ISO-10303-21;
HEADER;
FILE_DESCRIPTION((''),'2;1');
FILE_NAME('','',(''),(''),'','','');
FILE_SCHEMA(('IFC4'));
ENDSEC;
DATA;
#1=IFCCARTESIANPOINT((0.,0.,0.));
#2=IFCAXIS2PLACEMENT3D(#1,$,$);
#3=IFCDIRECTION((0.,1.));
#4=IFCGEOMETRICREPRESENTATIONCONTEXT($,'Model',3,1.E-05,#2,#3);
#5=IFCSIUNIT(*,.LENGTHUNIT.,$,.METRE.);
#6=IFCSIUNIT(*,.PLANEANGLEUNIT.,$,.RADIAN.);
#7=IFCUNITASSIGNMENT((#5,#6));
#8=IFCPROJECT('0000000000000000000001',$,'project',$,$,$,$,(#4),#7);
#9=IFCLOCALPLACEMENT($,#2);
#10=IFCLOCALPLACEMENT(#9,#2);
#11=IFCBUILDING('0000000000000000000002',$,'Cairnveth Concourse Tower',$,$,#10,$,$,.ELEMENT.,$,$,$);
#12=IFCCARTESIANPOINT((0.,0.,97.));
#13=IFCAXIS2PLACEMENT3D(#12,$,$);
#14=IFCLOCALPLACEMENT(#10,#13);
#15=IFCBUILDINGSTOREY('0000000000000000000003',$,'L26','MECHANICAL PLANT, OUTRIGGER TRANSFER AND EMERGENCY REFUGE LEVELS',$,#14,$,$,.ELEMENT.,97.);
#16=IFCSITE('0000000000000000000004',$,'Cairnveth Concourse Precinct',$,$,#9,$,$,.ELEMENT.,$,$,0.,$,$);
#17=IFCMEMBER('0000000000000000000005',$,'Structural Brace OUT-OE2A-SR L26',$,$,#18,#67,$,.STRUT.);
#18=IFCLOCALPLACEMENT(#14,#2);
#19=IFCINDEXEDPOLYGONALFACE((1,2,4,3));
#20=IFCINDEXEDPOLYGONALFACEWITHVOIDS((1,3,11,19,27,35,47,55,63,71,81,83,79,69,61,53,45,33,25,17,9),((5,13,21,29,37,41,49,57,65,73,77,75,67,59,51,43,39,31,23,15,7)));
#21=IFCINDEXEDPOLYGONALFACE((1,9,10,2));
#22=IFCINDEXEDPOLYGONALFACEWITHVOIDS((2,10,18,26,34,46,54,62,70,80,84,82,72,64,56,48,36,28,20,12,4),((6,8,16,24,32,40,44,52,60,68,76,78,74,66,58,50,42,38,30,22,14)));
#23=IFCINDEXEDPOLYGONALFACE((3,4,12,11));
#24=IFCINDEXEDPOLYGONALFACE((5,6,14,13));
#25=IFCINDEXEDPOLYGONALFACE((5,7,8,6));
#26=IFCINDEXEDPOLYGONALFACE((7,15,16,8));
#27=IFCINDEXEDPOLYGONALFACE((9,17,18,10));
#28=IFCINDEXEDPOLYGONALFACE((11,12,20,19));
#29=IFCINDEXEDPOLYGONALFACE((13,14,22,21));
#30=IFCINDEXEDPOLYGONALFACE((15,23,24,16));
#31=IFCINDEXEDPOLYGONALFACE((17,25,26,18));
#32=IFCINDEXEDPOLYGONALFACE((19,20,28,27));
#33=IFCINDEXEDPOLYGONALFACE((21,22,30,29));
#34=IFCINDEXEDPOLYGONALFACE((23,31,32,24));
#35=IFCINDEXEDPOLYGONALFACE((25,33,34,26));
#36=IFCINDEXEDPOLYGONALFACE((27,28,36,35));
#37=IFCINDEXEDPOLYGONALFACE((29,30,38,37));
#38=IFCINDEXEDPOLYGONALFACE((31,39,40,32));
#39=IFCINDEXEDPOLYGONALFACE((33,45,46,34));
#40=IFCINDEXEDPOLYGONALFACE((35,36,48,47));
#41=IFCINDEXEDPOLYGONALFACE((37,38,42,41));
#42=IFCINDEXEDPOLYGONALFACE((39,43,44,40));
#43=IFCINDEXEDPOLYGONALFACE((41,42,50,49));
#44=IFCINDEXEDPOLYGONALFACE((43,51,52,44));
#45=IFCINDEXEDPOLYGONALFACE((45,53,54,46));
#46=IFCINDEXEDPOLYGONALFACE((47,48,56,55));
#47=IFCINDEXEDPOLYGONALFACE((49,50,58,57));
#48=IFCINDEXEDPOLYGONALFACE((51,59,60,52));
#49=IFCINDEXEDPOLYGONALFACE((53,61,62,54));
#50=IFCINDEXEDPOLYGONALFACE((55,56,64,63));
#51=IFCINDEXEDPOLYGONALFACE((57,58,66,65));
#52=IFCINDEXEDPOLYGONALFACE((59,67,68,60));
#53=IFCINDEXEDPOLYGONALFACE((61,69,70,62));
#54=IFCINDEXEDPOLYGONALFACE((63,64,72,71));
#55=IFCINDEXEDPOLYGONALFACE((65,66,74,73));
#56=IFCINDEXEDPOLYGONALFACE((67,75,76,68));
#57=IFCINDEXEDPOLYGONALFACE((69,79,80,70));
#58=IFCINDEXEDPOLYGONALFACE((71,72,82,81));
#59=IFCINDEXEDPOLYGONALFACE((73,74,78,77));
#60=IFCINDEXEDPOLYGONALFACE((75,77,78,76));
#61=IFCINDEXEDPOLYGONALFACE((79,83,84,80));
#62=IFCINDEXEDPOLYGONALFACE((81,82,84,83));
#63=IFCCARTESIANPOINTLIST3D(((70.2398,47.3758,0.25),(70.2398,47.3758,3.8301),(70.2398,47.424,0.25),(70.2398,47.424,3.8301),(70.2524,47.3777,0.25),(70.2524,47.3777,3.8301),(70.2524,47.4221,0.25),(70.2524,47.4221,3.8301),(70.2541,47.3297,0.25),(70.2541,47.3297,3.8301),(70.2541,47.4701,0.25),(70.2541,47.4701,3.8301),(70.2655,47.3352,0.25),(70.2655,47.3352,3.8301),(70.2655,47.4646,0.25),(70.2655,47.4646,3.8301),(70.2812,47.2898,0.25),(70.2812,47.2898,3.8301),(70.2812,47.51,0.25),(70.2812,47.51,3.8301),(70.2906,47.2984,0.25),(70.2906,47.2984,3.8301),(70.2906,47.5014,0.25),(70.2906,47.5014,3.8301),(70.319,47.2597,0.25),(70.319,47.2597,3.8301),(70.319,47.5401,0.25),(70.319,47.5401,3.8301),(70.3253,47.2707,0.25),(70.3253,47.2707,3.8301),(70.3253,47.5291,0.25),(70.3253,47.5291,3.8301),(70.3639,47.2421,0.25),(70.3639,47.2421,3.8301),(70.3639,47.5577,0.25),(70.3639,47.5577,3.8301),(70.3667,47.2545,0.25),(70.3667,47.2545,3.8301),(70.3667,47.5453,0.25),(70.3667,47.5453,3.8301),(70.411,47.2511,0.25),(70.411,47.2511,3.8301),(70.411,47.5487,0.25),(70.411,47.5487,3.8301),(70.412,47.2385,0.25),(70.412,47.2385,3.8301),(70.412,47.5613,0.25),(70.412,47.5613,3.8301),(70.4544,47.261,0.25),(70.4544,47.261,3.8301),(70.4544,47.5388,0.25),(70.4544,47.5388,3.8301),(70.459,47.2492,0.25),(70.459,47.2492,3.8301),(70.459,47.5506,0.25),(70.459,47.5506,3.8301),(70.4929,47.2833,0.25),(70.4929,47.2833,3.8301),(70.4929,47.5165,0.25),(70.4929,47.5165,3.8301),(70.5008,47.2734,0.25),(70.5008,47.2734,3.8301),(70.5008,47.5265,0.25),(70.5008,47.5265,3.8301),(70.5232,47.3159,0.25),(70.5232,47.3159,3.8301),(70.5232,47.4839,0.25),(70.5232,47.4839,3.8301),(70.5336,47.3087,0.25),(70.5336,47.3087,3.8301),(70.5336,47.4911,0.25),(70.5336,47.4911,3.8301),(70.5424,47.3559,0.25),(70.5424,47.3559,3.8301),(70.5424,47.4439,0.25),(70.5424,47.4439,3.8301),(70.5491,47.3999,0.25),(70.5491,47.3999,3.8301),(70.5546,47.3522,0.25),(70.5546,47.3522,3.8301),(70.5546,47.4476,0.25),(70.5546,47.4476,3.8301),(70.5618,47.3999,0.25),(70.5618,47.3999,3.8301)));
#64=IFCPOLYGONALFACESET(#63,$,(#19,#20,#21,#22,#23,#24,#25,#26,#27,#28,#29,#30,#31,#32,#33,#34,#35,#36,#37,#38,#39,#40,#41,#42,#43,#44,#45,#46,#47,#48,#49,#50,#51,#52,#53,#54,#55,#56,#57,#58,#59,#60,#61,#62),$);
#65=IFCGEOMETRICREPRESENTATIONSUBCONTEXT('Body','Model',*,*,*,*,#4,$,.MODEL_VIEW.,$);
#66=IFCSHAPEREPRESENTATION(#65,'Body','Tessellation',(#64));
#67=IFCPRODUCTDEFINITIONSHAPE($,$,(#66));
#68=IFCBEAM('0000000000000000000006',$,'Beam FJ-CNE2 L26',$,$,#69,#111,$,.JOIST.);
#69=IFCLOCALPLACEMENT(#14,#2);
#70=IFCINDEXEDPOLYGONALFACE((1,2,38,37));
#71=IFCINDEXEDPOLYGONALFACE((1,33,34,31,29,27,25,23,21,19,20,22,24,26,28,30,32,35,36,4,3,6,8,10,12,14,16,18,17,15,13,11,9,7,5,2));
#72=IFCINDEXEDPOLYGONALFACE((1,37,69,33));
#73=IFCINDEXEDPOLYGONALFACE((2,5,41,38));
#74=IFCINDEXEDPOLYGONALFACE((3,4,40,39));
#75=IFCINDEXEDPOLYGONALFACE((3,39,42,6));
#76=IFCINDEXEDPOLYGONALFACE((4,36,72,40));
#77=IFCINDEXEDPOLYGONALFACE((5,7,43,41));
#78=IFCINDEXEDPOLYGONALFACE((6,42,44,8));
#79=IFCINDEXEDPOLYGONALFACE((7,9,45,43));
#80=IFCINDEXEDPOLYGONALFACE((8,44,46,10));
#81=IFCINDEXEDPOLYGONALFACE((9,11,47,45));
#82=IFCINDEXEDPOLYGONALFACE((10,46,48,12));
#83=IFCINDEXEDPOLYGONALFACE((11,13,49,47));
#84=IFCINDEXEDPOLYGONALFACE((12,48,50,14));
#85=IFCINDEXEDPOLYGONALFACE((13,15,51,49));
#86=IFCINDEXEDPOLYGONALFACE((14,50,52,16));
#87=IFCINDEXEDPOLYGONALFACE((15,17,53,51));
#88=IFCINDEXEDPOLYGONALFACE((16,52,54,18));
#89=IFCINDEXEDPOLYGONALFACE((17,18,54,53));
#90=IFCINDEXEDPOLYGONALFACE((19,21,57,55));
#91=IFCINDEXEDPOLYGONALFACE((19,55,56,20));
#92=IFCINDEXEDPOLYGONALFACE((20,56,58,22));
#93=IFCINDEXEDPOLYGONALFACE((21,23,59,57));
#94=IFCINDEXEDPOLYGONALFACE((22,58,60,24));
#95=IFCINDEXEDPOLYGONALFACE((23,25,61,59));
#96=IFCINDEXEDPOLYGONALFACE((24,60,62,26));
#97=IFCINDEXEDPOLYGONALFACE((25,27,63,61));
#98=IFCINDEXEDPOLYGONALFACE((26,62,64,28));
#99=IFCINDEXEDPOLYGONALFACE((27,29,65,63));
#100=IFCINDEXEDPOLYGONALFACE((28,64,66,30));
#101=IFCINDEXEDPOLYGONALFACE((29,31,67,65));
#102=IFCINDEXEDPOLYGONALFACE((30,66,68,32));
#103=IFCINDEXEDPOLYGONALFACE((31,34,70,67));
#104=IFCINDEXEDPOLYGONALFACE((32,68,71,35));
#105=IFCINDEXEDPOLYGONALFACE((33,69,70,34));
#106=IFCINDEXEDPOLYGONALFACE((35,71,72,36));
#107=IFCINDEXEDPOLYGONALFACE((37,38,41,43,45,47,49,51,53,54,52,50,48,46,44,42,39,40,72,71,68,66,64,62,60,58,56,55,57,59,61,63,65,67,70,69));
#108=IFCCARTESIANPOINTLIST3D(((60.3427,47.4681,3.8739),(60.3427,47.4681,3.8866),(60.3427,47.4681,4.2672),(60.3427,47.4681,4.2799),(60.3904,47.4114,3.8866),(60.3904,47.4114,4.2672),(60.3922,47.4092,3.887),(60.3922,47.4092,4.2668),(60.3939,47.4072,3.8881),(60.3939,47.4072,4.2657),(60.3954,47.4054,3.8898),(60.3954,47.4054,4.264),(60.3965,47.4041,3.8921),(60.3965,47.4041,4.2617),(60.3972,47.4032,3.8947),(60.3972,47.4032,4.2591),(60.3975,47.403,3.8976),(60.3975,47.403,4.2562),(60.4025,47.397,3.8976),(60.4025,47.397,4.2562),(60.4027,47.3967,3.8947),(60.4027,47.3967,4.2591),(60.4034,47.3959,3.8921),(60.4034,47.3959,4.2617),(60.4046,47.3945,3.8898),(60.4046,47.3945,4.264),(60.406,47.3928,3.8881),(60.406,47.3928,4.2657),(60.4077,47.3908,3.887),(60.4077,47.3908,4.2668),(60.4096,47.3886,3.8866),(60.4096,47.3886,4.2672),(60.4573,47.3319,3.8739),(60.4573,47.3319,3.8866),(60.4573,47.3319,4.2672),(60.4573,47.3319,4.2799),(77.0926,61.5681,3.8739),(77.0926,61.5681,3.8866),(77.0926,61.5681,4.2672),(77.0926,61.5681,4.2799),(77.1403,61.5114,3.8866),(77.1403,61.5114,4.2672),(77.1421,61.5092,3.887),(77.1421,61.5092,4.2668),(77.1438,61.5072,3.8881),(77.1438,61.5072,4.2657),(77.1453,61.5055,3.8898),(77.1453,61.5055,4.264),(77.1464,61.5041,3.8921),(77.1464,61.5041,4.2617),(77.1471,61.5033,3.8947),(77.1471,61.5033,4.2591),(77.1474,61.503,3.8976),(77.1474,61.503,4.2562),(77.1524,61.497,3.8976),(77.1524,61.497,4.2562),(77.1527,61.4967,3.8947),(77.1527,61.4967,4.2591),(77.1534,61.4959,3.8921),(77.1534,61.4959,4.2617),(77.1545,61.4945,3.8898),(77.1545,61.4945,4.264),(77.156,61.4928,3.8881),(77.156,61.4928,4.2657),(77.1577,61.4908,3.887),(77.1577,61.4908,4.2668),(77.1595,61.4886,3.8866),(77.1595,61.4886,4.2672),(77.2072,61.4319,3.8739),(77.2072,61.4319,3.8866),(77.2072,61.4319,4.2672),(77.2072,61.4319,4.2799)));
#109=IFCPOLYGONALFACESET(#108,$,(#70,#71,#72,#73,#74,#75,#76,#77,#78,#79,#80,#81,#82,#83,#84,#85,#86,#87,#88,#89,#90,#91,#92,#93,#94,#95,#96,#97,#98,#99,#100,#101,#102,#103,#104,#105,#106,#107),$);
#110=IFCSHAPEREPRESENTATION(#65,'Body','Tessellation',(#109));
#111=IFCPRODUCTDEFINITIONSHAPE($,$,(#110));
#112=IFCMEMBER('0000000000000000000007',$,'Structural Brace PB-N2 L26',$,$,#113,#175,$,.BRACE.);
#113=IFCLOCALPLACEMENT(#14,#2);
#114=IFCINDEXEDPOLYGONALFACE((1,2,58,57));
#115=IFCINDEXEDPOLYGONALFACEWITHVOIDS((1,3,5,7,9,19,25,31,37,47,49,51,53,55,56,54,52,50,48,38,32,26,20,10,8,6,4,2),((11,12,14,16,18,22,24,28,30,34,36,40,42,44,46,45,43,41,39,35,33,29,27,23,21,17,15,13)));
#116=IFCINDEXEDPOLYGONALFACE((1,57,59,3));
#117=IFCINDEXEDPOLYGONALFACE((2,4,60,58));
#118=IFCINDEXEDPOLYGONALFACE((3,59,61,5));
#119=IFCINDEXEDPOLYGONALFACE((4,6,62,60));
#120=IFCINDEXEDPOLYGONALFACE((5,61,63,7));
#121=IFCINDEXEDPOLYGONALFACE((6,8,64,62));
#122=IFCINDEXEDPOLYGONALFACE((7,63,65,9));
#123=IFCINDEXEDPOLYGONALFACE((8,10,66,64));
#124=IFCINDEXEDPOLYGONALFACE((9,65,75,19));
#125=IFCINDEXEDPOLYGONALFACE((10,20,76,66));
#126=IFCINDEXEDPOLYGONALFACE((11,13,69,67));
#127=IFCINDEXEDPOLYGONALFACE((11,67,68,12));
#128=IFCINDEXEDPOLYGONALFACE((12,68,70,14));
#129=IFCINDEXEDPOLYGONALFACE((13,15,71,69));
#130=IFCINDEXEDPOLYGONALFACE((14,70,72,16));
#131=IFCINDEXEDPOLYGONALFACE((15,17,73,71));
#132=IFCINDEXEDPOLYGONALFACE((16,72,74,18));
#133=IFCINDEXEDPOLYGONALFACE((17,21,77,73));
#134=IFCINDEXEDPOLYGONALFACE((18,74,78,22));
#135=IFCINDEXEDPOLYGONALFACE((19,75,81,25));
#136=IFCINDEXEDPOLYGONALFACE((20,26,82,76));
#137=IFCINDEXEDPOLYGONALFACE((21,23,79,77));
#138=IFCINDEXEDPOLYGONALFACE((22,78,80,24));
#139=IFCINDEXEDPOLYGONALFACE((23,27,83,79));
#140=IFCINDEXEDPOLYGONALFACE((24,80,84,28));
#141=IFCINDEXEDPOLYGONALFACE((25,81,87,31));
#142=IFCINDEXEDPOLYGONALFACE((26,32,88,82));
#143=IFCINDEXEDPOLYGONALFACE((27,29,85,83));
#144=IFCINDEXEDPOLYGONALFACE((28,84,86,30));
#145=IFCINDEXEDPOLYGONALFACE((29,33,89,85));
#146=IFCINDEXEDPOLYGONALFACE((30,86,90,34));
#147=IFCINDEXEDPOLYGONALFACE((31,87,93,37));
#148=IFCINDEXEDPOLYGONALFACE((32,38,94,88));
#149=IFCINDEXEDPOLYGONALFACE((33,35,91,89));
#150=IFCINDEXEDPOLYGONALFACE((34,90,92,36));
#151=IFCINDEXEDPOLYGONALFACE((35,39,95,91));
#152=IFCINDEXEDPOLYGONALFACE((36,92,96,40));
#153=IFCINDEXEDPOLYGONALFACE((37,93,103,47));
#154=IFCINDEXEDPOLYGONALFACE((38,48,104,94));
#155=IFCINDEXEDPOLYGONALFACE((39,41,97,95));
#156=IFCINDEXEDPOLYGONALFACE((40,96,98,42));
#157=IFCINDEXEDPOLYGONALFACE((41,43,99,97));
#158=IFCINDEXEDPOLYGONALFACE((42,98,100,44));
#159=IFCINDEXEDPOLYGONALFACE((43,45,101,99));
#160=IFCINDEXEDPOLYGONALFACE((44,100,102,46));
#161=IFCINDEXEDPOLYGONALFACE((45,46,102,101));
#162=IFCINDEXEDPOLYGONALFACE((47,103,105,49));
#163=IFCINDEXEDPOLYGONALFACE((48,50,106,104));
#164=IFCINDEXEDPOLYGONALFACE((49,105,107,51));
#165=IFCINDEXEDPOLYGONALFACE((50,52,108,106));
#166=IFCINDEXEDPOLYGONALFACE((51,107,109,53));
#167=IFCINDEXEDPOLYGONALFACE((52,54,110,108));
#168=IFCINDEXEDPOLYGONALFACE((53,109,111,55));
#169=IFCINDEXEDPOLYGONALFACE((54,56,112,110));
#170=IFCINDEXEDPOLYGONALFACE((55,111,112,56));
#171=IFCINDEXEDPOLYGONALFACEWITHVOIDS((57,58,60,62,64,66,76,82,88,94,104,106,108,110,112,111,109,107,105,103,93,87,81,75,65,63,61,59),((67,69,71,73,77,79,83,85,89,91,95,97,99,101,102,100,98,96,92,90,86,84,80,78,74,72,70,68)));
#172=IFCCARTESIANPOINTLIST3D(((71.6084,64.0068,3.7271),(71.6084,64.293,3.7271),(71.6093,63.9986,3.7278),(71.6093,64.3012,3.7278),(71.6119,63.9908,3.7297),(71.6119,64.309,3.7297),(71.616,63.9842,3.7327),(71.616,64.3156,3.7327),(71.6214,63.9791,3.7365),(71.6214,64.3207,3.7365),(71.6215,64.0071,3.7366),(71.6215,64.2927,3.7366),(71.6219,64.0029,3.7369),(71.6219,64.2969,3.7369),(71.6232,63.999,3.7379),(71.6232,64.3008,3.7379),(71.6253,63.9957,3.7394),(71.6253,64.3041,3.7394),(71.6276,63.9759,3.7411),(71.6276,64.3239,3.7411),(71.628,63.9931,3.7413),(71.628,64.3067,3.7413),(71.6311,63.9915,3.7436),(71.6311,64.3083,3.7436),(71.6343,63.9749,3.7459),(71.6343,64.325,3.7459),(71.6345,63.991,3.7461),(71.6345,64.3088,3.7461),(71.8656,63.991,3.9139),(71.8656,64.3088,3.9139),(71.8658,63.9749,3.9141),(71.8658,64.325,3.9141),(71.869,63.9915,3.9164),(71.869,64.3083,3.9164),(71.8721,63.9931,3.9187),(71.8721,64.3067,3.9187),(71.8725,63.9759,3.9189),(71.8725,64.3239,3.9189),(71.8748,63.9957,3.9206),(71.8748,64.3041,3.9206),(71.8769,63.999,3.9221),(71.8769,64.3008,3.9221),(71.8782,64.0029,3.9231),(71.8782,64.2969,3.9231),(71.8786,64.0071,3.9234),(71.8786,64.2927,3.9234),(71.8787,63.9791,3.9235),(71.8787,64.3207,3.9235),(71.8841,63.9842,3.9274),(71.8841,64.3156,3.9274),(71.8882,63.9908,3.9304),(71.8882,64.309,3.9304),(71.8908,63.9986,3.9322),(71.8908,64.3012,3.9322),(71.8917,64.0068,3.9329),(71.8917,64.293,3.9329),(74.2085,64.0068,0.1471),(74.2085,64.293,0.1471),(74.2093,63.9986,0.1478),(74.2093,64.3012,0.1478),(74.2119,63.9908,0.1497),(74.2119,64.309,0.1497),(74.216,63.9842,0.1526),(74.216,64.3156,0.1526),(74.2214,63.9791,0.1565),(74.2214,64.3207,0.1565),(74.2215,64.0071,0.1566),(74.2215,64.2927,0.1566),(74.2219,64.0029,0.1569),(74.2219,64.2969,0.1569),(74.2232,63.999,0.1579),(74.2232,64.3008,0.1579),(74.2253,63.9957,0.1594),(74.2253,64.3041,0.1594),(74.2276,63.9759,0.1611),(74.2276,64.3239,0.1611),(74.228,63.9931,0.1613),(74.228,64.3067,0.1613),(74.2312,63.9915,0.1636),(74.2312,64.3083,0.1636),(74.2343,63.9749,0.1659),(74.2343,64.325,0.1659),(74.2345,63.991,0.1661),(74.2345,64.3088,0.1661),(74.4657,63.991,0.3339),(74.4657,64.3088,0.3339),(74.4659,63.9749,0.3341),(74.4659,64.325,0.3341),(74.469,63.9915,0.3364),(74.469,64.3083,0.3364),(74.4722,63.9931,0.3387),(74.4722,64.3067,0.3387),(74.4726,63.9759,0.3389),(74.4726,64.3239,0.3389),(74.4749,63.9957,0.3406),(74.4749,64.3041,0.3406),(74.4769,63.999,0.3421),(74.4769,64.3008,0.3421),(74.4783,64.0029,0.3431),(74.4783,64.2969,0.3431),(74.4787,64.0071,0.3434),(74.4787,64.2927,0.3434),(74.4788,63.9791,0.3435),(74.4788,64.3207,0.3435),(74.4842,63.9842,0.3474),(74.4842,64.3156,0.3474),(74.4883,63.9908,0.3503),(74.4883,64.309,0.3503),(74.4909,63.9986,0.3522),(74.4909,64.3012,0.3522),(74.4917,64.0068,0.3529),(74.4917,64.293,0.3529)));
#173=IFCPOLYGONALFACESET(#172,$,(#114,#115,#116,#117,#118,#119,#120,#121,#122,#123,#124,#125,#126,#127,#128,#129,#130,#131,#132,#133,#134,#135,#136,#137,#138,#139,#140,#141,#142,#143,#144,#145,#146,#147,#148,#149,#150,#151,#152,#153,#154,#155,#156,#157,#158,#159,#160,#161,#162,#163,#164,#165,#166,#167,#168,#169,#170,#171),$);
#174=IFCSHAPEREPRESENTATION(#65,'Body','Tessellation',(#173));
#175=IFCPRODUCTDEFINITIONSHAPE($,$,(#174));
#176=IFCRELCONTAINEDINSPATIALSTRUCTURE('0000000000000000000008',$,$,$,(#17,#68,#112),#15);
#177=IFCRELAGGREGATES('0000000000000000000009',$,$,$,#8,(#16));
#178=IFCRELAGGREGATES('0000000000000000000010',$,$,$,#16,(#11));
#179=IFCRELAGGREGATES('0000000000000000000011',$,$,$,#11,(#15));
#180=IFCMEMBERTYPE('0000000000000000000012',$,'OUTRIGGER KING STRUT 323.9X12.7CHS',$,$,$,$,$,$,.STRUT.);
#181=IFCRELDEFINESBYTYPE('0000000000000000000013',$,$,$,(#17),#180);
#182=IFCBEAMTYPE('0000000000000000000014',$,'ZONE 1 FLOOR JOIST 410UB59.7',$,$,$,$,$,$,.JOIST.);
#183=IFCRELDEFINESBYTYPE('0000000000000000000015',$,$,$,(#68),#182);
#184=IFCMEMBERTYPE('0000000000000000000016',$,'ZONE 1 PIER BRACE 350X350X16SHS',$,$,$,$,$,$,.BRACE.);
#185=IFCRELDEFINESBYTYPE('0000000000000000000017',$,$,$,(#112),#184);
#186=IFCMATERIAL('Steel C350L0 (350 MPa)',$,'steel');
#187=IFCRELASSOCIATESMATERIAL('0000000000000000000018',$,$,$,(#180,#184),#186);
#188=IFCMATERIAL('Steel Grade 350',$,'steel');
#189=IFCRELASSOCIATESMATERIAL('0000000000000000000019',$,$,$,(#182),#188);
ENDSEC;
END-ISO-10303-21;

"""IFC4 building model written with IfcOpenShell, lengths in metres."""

from ifc_helpers import new_model, si_unit, direction, frame, origin, origin_2d, place, context, subcontext, project, spatial, hollow_rectangle, hollow_circle, i_section, extrude, material, material_profile, profile_set, type_object, element, save


model = new_model("IFC4")

# Units and contexts
model_context = context("Model", 3, precision=1e-05, world=origin(), true_north=direction((0.0, 1.0)))
body_context = subcontext(model_context, "Body", "Model", "MODEL_VIEW")
ifc_project = project(units=[si_unit("LENGTHUNIT", "METRE"), si_unit("PLANEANGLEUNIT", "RADIAN")], contexts=[model_context])

# Site, building, storey
site_placement = place(None, origin())
site = spatial("IfcSite", under=ifc_project, at=site_placement, Name="Cairnveth Concourse Precinct", CompositionType="ELEMENT", RefElevation=0.0)
building_placement = place(site_placement, origin())
building = spatial("IfcBuilding", under=site, at=building_placement, Name="Cairnveth Concourse Tower", CompositionType="ELEMENT")
storey_placement = place(building_placement, frame((0.0, 0.0, 97.0)))
storey = spatial("IfcBuildingStorey", under=building, at=storey_placement, Name="L26", Description="MECHANICAL PLANT, OUTRIGGER TRANSFER AND EMERGENCY REFUGE LEVELS", CompositionType="ELEMENT", Elevation=97.0)

# Shared definitions
ifc_material_1 = material(Name="Steel C350L0 (350 MPa)", Category="steel")

# Member
ifc_material_profile_1 = material_profile(ifc_material_1, hollow_circle(Radius=0.1619, WallThickness=0.0127, at=origin_2d()), Name="323.9x12.7CHS")
ifc_profile_set_1 = profile_set([ifc_material_profile_1], Name="Steel C350L0 (350 MPa)")
member_type_1 = type_object("IfcMemberType", Name="OUTRIGGER KING STRUT 323.9X12.7CHS", PredefinedType="STRUT", material=ifc_profile_set_1)
member_1_placement = place(storey_placement, frame((70.3999, 47.3999, 0.25), z_axis=(0.0, 0.0, 1.0), x_axis=(1.0, 0.0, 0.0)))
element("IfcMember", 1, at=member_1_placement, inside=storey, type_object=member_type_1, Name="Structural Brace OUT-OE2A-SR L26", PredefinedType="STRUT", context=body_context, shape_type="SweptSolid", body=[
    extrude(hollow_circle(Radius=0.1619, WallThickness=0.0127, at=origin_2d()), origin(), (0.0, 0.0, 1.0), 3.5801),
])

# Beam
ifc_material_2 = material(Name="Steel Grade 350", Category="steel")
ifc_material_profile_2 = material_profile(ifc_material_2, i_section(OverallWidth=0.178, OverallDepth=0.406, WebThickness=0.0078, FlangeThickness=0.0127, FilletRadius=0.011, at=origin_2d()), Name="410UB59.7")
ifc_profile_set_2 = profile_set([ifc_material_profile_2], Name="Steel Grade 350")
beam_type_1 = type_object("IfcBeamType", Name="ZONE 1 FLOOR JOIST 410UB59.7", PredefinedType="JOIST", material=ifc_profile_set_2)
beam_1_placement = place(storey_placement, frame((77.1499, 61.5, 4.0769), z_axis=(-0.765027, -0.643998, 0.0), x_axis=(0.643998, -0.765027, 0.0)))
element("IfcBeam", 2, at=beam_1_placement, inside=storey, type_object=beam_type_1, Name="Beam FJ-CNE2 L26", PredefinedType="JOIST", context=body_context, shape_type="SweptSolid", body=[
    extrude(i_section(OverallWidth=0.178, OverallDepth=0.406, WebThickness=0.0078, FlangeThickness=0.0127, FilletRadius=0.011, at=origin_2d()), origin(), (0.0, 0.0, 1.0), 21.8945),
])

# Member
ifc_material_profile_3 = material_profile(ifc_material_1, hollow_rectangle(XDim=0.3501, YDim=0.3501, WallThickness=0.0161, InnerFilletRadius=0.0161, OuterFilletRadius=0.032, at=origin_2d()), Name="350x350x16.0SHS")
ifc_profile_set_3 = profile_set([ifc_material_profile_3], Name="Steel C350L0 (350 MPa)")
member_type_2 = type_object("IfcMemberType", Name="ZONE 1 PIER BRACE 350X350X16SHS", PredefinedType="BRACE", material=ifc_profile_set_3)
for number, where, z_axis, x_axis, name in (
    (3, (74.3501, 64.1499, 0.25), (-0.58764, 0.0, 0.809122), (0.0, -1.0, 0.0), "Structural Brace PB-N2 L26"),
):
    element("IfcMember", number, at=place(storey_placement, frame(where, z_axis=z_axis, x_axis=x_axis)), inside=storey, type_object=member_type_2, Name=name, PredefinedType="BRACE", context=body_context, shape_type="SweptSolid", body=[
        extrude(hollow_rectangle(XDim=0.3501, YDim=0.3501, WallThickness=0.0161, InnerFilletRadius=0.0161, OuterFilletRadius=0.032, at=origin_2d()), origin(), (0.0, 0.0, 1.0), 4.4246),
    ])

save(model, "model.ifc")
